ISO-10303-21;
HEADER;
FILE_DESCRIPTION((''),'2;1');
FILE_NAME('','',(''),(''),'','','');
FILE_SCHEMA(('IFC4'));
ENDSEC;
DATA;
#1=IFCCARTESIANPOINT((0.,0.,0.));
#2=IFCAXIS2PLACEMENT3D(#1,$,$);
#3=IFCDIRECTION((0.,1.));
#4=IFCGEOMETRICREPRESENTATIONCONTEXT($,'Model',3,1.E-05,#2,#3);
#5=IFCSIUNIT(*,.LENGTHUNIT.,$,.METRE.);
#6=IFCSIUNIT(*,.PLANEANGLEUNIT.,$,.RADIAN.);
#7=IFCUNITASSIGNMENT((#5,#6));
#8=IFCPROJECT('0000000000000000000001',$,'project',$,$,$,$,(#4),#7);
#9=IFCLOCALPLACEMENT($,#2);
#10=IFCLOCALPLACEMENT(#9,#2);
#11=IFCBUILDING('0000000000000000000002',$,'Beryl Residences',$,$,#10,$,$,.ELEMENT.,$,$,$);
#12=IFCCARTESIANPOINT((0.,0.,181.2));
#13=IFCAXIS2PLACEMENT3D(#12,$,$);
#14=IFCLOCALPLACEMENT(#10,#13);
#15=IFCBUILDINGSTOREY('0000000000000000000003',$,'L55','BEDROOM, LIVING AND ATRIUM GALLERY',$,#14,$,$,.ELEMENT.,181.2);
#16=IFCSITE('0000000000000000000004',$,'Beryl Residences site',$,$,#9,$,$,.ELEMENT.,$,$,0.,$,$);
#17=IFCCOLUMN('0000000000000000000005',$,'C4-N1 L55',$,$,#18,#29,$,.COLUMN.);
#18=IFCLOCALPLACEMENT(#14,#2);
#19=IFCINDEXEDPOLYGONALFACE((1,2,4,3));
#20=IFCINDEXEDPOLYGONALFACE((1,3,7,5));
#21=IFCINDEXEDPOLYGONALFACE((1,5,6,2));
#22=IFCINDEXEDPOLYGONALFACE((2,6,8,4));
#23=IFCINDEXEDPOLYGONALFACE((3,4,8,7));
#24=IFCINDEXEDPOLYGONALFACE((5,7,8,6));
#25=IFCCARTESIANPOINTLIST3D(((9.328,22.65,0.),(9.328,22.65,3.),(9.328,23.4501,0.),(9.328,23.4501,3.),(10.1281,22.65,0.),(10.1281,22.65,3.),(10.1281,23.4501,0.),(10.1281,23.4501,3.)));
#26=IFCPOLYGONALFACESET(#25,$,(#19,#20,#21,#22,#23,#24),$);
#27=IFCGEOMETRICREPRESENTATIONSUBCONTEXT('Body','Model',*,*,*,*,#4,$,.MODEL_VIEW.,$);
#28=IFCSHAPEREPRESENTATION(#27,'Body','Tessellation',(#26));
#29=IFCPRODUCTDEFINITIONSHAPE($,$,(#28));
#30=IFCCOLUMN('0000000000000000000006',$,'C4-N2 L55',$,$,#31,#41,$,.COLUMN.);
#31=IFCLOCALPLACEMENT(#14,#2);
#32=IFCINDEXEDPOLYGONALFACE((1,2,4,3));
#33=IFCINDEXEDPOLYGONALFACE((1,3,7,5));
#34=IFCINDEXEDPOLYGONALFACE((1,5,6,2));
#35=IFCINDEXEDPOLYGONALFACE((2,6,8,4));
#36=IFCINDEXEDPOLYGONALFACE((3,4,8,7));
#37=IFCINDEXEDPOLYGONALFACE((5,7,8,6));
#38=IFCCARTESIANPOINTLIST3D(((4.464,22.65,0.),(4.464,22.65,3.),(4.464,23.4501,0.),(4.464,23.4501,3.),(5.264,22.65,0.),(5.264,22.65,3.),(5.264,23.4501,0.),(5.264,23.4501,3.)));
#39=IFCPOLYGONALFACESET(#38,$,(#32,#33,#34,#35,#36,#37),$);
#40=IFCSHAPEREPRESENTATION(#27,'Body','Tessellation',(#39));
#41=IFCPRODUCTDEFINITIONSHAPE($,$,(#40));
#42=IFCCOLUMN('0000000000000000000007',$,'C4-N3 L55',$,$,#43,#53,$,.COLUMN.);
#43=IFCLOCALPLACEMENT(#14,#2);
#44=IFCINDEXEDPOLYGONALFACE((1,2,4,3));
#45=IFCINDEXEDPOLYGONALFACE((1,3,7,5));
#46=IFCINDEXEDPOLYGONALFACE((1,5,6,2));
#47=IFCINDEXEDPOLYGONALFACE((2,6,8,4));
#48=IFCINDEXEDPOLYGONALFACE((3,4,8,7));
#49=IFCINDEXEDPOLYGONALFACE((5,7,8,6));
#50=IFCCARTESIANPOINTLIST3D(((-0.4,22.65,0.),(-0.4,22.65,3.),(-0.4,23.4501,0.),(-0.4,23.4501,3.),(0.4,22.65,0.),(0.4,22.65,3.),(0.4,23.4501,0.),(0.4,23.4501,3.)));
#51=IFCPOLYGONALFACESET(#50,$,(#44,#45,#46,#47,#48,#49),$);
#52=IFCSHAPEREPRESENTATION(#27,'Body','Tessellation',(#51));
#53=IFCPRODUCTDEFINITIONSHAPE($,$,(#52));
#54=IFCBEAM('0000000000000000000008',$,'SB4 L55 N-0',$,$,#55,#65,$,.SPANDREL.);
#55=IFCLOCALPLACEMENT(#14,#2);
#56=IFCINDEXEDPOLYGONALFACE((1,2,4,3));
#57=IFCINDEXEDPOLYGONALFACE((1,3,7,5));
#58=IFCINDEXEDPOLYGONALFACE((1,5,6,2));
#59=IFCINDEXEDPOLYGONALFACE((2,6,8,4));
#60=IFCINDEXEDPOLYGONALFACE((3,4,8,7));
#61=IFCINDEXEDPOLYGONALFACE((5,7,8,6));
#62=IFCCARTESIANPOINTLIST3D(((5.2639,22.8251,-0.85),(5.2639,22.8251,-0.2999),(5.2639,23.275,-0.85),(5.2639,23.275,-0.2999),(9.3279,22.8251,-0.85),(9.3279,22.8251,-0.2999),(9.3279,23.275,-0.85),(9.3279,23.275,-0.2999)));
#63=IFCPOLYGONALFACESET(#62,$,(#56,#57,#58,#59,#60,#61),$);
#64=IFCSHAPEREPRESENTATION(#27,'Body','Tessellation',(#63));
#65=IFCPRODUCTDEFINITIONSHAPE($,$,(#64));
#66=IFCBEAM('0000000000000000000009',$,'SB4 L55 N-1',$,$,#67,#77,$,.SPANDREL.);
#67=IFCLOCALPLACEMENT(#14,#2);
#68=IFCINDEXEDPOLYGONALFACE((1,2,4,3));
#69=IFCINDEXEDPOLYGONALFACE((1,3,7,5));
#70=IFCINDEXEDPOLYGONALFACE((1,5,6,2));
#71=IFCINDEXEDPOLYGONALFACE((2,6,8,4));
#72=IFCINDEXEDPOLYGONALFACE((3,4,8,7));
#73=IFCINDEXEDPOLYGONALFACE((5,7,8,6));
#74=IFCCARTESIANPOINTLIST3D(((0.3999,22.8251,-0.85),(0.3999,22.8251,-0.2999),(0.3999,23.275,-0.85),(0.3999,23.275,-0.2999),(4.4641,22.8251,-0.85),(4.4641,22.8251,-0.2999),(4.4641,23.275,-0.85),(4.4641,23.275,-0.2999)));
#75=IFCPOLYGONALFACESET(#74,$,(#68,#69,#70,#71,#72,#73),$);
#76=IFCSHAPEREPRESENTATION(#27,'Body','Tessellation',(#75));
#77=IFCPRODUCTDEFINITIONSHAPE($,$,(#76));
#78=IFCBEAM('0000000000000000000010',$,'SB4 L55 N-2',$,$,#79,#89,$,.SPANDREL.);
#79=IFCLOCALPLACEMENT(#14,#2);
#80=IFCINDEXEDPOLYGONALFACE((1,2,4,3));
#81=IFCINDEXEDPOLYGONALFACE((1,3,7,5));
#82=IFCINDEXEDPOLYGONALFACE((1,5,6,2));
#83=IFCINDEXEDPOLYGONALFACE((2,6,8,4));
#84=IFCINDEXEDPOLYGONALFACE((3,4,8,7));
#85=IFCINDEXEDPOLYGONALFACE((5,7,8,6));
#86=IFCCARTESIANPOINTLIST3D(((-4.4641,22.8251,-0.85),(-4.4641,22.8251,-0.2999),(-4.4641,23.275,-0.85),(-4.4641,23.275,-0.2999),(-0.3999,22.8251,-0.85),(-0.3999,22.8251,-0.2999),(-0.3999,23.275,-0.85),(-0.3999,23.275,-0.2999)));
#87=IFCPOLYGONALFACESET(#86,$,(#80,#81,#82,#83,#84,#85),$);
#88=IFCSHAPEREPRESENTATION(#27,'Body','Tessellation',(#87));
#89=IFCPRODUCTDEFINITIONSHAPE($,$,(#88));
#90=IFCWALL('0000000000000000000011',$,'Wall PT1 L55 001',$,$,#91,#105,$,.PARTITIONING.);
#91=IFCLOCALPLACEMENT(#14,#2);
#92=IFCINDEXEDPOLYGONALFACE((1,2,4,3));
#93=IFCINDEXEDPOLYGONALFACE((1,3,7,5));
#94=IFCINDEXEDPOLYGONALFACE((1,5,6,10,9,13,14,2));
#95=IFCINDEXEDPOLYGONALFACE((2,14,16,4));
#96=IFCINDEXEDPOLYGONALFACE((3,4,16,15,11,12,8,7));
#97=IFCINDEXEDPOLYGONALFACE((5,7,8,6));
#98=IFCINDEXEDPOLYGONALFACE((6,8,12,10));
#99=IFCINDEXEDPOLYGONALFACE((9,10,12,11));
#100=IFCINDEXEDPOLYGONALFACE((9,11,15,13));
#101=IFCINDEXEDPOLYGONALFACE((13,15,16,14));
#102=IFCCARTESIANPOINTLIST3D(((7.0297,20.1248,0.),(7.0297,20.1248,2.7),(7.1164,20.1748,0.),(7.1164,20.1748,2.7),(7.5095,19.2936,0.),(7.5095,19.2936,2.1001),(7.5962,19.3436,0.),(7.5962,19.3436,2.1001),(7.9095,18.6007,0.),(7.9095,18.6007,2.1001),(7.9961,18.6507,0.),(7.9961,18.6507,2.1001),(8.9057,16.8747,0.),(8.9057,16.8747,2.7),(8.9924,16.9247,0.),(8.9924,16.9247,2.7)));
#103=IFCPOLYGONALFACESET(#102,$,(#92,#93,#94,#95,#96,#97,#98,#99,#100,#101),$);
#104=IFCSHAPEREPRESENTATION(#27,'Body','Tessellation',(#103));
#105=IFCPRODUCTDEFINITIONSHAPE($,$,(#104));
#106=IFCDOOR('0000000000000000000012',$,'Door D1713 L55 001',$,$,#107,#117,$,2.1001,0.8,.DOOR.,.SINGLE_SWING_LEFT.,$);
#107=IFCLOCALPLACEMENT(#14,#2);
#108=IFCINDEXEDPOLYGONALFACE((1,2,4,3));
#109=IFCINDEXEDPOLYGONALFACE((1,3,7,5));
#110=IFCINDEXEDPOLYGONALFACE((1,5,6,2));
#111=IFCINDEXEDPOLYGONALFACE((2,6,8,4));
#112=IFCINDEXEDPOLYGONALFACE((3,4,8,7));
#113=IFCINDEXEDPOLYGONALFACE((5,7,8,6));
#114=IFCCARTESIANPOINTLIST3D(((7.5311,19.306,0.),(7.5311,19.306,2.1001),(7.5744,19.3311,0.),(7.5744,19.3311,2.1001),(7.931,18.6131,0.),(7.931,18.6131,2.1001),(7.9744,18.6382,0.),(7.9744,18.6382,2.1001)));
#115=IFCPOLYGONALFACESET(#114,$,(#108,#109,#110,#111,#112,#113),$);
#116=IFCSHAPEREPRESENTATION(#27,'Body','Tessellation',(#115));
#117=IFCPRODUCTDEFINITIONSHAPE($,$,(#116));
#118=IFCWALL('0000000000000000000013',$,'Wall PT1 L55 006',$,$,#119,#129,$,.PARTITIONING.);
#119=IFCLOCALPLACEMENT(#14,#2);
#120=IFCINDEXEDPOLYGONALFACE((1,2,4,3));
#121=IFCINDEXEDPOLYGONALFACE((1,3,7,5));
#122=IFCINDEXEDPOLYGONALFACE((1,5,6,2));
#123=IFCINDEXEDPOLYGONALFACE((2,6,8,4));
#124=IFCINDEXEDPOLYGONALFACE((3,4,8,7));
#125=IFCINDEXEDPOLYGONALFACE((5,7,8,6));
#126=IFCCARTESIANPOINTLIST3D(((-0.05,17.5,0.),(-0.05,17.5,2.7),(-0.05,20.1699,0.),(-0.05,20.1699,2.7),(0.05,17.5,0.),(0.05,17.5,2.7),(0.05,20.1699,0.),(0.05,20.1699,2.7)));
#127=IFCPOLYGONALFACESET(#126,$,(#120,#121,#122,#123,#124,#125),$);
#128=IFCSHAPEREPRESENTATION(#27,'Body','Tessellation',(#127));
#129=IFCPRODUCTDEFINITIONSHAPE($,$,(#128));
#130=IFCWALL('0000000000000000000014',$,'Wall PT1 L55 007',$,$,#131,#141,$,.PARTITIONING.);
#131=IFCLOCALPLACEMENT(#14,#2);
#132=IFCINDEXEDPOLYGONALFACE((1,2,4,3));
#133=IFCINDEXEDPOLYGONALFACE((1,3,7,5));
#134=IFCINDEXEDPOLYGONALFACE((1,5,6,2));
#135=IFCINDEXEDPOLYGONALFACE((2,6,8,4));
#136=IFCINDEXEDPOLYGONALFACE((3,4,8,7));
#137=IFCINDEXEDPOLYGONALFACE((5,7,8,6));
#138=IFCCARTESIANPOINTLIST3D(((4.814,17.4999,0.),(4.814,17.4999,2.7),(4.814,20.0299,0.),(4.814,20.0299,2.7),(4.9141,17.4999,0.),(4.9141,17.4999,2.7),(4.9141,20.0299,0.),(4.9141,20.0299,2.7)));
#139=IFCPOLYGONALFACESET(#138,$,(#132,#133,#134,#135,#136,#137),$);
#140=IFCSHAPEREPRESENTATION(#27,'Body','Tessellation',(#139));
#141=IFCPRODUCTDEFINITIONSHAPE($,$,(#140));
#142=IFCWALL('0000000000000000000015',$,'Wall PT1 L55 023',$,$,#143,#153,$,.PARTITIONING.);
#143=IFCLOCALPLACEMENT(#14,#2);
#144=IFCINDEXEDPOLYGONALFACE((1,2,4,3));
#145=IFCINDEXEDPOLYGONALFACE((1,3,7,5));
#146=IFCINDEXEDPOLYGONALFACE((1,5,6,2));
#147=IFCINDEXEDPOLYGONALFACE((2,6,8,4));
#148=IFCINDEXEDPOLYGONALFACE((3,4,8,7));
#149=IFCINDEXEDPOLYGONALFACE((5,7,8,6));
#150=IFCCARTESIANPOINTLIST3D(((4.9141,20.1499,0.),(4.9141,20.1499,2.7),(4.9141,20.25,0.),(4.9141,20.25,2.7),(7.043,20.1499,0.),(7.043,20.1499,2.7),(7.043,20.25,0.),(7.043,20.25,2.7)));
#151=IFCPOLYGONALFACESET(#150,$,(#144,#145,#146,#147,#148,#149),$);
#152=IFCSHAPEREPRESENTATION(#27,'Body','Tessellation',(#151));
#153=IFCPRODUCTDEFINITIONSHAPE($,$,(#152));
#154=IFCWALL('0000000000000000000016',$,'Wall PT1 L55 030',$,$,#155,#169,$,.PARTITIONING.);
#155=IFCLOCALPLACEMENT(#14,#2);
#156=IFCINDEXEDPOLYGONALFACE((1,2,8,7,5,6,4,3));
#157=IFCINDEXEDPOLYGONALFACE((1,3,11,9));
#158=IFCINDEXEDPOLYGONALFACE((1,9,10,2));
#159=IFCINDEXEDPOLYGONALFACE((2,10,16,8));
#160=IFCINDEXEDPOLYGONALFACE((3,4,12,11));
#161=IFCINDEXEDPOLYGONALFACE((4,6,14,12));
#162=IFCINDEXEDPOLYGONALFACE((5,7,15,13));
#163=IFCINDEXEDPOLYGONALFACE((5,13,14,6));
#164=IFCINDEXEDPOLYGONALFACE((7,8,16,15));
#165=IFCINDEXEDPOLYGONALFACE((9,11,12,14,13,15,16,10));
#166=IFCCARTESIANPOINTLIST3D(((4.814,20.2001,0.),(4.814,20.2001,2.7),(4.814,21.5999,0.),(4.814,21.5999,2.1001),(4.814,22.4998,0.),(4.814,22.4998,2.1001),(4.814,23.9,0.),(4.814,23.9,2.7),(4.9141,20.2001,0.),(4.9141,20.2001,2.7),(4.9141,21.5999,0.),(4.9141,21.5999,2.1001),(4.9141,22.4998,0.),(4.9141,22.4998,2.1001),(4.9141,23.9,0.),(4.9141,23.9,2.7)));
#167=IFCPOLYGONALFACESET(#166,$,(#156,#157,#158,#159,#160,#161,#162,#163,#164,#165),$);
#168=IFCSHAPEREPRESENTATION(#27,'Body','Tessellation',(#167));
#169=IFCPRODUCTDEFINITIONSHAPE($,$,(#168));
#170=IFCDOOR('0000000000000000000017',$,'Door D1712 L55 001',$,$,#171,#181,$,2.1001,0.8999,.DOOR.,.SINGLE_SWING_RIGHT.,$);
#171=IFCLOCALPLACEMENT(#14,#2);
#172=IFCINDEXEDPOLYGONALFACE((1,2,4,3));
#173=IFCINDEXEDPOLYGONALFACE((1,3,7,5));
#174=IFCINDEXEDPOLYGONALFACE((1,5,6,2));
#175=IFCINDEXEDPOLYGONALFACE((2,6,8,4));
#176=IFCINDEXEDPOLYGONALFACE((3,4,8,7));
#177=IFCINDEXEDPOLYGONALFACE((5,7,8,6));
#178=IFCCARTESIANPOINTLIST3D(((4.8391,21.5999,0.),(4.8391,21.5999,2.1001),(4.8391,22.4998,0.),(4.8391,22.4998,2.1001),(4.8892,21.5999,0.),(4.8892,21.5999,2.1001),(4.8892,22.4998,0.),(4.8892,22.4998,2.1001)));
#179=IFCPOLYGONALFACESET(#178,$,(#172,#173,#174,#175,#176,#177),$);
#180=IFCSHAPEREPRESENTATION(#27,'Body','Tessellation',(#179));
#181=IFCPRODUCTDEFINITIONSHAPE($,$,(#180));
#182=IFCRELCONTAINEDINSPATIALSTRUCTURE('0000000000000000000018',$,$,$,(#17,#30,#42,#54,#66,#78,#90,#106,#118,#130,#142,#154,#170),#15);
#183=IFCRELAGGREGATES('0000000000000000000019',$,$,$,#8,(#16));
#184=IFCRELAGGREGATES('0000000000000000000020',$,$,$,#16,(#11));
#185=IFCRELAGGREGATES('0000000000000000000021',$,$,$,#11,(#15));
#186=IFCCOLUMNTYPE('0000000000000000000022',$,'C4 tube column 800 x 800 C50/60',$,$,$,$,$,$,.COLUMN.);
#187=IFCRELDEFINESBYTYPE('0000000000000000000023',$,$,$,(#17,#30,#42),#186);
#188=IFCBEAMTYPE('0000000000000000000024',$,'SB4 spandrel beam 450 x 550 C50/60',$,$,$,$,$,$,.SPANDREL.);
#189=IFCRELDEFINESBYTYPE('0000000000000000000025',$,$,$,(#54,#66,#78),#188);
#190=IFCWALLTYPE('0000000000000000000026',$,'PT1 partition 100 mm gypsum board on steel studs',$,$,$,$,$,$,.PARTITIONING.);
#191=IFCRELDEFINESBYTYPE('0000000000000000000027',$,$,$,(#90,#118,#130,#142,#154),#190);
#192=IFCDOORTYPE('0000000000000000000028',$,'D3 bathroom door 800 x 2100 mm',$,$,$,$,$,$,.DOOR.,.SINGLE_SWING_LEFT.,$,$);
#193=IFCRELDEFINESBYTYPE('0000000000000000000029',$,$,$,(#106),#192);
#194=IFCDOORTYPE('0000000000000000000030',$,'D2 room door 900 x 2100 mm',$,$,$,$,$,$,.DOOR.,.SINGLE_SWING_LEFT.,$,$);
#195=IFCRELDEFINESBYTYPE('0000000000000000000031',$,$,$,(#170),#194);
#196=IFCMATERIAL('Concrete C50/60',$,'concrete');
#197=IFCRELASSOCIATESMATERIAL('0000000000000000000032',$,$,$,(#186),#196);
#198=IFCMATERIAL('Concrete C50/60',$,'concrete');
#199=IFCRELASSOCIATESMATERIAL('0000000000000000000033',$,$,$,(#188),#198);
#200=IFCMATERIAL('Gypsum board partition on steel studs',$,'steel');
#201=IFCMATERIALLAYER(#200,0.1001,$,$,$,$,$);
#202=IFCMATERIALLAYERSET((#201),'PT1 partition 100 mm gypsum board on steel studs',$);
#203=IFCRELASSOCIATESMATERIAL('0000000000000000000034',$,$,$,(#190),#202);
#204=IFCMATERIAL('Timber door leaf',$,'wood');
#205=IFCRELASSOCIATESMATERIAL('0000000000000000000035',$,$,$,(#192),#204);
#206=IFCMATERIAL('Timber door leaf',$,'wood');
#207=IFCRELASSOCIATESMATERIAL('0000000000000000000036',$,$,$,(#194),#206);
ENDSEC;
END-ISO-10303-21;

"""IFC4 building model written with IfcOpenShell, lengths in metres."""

from ifc_helpers import new_model, si_unit, direction, frame, frame_2d, origin, origin_2d, place, context, subcontext, project, spatial, rectangle, extrude, material, layer, layer_set, material_profile, profile_set, type_object, element, fill, save


model = new_model("IFC4")

# Units and contexts
model_context = context("Model", 3, precision=1e-05, world=origin(), true_north=direction((0.0, 1.0)))
body_context = subcontext(model_context, "Body", "Model", "MODEL_VIEW")
ifc_project = project(units=[si_unit("LENGTHUNIT", "METRE"), si_unit("PLANEANGLEUNIT", "RADIAN")], contexts=[model_context])

# Site, building, storey
site_placement = place(None, origin())
site = spatial("IfcSite", under=ifc_project, at=site_placement, Name="Beryl Residences site", CompositionType="ELEMENT", RefElevation=0.0)
building_placement = place(site_placement, origin())
building = spatial("IfcBuilding", under=site, at=building_placement, Name="Beryl Residences", CompositionType="ELEMENT")
storey_placement = place(building_placement, frame((0.0, 0.0, 181.2)))
storey = spatial("IfcBuildingStorey", under=building, at=storey_placement, Name="L55", Description="BEDROOM, LIVING AND ATRIUM GALLERY", CompositionType="ELEMENT", Elevation=181.2)

# Columns
ifc_material_1 = material(Name="Concrete C50/60", Category="concrete")
ifc_material_profile_1 = material_profile(ifc_material_1, rectangle(XDim=0.8, YDim=0.8, at=origin_2d()))
ifc_profile_set_1 = profile_set([ifc_material_profile_1], Name="Concrete C50/60")
column_type = type_object("IfcColumnType", Name="C4 tube column 800 x 800 C50/60", PredefinedType="COLUMN", material=ifc_profile_set_1)
for number, where, z_axis, x_axis, name in (
    (1, (9.728, 23.05, 0.0), (0.0, 0.0, 1.0), (-1.0, 0.0, 0.0), "C4-N1 L55"),
    (2, (4.864, 23.05, 0.0), (0.0, 0.0, 1.0), (-1.0, 0.0, 0.0), "C4-N2 L55"),
    (3, (0.0, 23.05, 0.0), (0.0, 0.0, 1.0), (-1.0, 0.0, 0.0), "C4-N3 L55"),
):
    element("IfcColumn", number, at=place(storey_placement, frame(where, z_axis=z_axis, x_axis=x_axis)), inside=storey, type_object=column_type, Name=name, PredefinedType="COLUMN", context=body_context, shape_type="SweptSolid", body=[
        extrude(rectangle(XDim=0.8, YDim=0.8, at=origin_2d()), origin(), (0.0, 0.0, 1.0), 3.0),
    ])

# Beams
ifc_material_2 = material(Name="Concrete C50/60", Category="concrete")
ifc_material_profile_2 = material_profile(ifc_material_2, rectangle(XDim=0.45, YDim=0.55, at=origin_2d()))
ifc_profile_set_2 = profile_set([ifc_material_profile_2], Name="Concrete C50/60")
beam_type = type_object("IfcBeamType", Name="SB4 spandrel beam 450 x 550 C50/60", PredefinedType="SPANDREL", material=ifc_profile_set_2)
beam_placement = place(storey_placement, frame((9.3279, 23.05, -0.575), z_axis=(-1.0, 0.0, 0.0), x_axis=(0.0, -1.0, 0.0)))
element("IfcBeam", 4, at=beam_placement, inside=storey, type_object=beam_type, Name="SB4 L55 N-0", PredefinedType="SPANDREL", context=body_context, shape_type="SweptSolid", body=[
    extrude(rectangle(XDim=0.45, YDim=0.55, at=origin_2d()), origin(), (0.0, 0.0, 1.0), 4.064),
])
for number, where, z_axis, x_axis, name in (
    (5, (4.4641, 23.05, -0.575), (-1.0, 0.0, 0.0), (0.0, -1.0, 0.0), "SB4 L55 N-1"),
    (6, (-0.3999, 23.05, -0.575), (-1.0, 0.0, 0.0), (0.0, -1.0, 0.0), "SB4 L55 N-2"),
):
    element("IfcBeam", number, at=place(storey_placement, frame(where, z_axis=z_axis, x_axis=x_axis)), inside=storey, type_object=beam_type, Name=name, PredefinedType="SPANDREL", context=body_context, shape_type="SweptSolid", body=[
        extrude(rectangle(XDim=0.45, YDim=0.55, at=origin_2d()), origin(), (0.0, 0.0, 1.0), 4.0642),
    ])

# Wall, opening, door
ifc_material_3 = material(Name="Gypsum board partition on steel studs", Category="steel")
ifc_layer = layer(ifc_material_3, 0.1001)
ifc_layer_set = layer_set([ifc_layer], Name="PT1 partition 100 mm gypsum board on steel studs")
wall_type = type_object("IfcWallType", Name="PT1 partition 100 mm gypsum board on steel studs", PredefinedType="PARTITIONING", material=ifc_layer_set)
wall_1_placement = place(storey_placement, frame((7.073, 20.1499, 0.0), z_axis=(0.0, 0.0, 1.0), x_axis=(0.499918, -0.866073, 0.0)))
wall_1 = element("IfcWall", 7, at=wall_1_placement, inside=storey, type_object=wall_type, Name="Wall PT1 L55 001", PredefinedType="PARTITIONING", context=body_context, shape_type="SweptSolid", body=[
    extrude(rectangle(XDim=3.7527, YDim=0.1001, at=frame_2d((1.8765, 0.0))), origin(), (0.0, 0.0, 1.0), 2.7),
])
opening_1_placement = place(wall_1_placement, frame((0.96, 0.0, 0.0)))
opening_1 = element("IfcOpeningElement", 8, at=opening_1_placement, cuts=wall_1, PredefinedType="OPENING", context=body_context, shape_type="SweptSolid", body=[
    extrude(rectangle(XDim=0.8, YDim=2.1001, at=frame_2d((0.3999, 1.05))), frame((0.0, 0.0601, 0.0), z_axis=(0.0, -1.0, 0.0), x_axis=(1.0, 0.0, 0.0)), (0.0, 0.0, 1.0), 0.1201),
])
ifc_material_4 = material(Name="Timber door leaf", Category="wood")
door_type_1 = type_object("IfcDoorType", Name="D3 bathroom door 800 x 2100 mm", OperationType="SINGLE_SWING_LEFT", PredefinedType="DOOR", material=ifc_material_4)
door_1_placement = place(opening_1_placement, origin())
door_1 = element("IfcDoor", 9, at=door_1_placement, inside=storey, type_object=door_type_1, Name="Door D1713 L55 001", OperationType="SINGLE_SWING_LEFT", OverallHeight=2.1001, OverallWidth=0.8, PredefinedType="DOOR", context=body_context, shape_type="SweptSolid", body=[
    extrude(rectangle(XDim=0.8, YDim=2.1001, at=frame_2d((0.3999, 1.05))), frame((0.0, 0.0249, 0.0), z_axis=(0.0, -1.0, 0.0), x_axis=(1.0, 0.0, 0.0)), (0.0, 0.0, 1.0), 0.05),
])
fill(opening_1, door_1)

# Walls
wall_2_placement = place(storey_placement, frame((0.0, 20.1699, 0.0), z_axis=(0.0, 0.0, 1.0), x_axis=(0.0, -1.0, 0.0)))
element("IfcWall", 10, at=wall_2_placement, inside=storey, type_object=wall_type, Name="Wall PT1 L55 006", PredefinedType="PARTITIONING", context=body_context, shape_type="SweptSolid", body=[
    extrude(rectangle(XDim=2.6699, YDim=0.1001, at=frame_2d((1.335, 0.0))), origin(), (0.0, 0.0, 1.0), 2.7),
])
wall_3_placement = place(storey_placement, frame((4.864, 20.03, 0.0), z_axis=(0.0, 0.0, 1.0), x_axis=(0.0, -1.0, 0.0)))
element("IfcWall", 11, at=wall_3_placement, inside=storey, type_object=wall_type, Name="Wall PT1 L55 007", PredefinedType="PARTITIONING", context=body_context, shape_type="SweptSolid", body=[
    extrude(rectangle(XDim=2.53, YDim=0.1001, at=frame_2d((1.2651, 0.0))), origin(), (0.0, 0.0, 1.0), 2.7),
])
wall_4_placement = place(storey_placement, frame((4.9141, 20.2, 0.0), z_axis=(0.0, 0.0, 1.0), x_axis=(1.0, 0.0, 0.0)))
element("IfcWall", 12, at=wall_4_placement, inside=storey, type_object=wall_type, Name="Wall PT1 L55 023", PredefinedType="PARTITIONING", context=body_context, shape_type="SweptSolid", body=[
    extrude(rectangle(XDim=2.1289, YDim=0.1001, at=frame_2d((1.0645, 0.0))), origin(), (0.0, 0.0, 1.0), 2.7),
])

# Wall, opening, door
wall_5_placement = place(storey_placement, frame((4.864, 20.2, 0.0), z_axis=(0.0, 0.0, 1.0), x_axis=(0.0, 1.0, 0.0)))
wall_5 = element("IfcWall", 13, at=wall_5_placement, inside=storey, type_object=wall_type, Name="Wall PT1 L55 030", PredefinedType="PARTITIONING", context=body_context, shape_type="SweptSolid", body=[
    extrude(rectangle(XDim=3.7, YDim=0.1001, at=frame_2d((1.8501, 0.0))), origin(), (0.0, 0.0, 1.0), 2.7),
])
opening_2_placement = place(wall_5_placement, frame((1.3999, 0.0, 0.0)))
opening_2 = element("IfcOpeningElement", 14, at=opening_2_placement, cuts=wall_5, PredefinedType="OPENING", context=body_context, shape_type="SweptSolid", body=[
    extrude(rectangle(XDim=0.8999, YDim=2.1001, at=frame_2d((0.45, 1.05))), frame((0.0, 0.0601, 0.0), z_axis=(0.0, -1.0, 0.0), x_axis=(1.0, 0.0, 0.0)), (0.0, 0.0, 1.0), 0.1201),
])
ifc_material_5 = material(Name="Timber door leaf", Category="wood")
door_type_2 = type_object("IfcDoorType", Name="D2 room door 900 x 2100 mm", OperationType="SINGLE_SWING_LEFT", PredefinedType="DOOR", material=ifc_material_5)
door_2_placement = place(opening_2_placement, origin())
door_2 = element("IfcDoor", 15, at=door_2_placement, inside=storey, type_object=door_type_2, Name="Door D1712 L55 001", OperationType="SINGLE_SWING_RIGHT", OverallHeight=2.1001, OverallWidth=0.8999, PredefinedType="DOOR", context=body_context, shape_type="SweptSolid", body=[
    extrude(rectangle(XDim=0.8999, YDim=2.1001, at=frame_2d((0.45, 1.05))), frame((0.0, 0.0249, 0.0), z_axis=(0.0, -1.0, 0.0), x_axis=(1.0, 0.0, 0.0)), (0.0, 0.0, 1.0), 0.05),
])
fill(opening_2, door_2)

save(model, "model.ifc")
